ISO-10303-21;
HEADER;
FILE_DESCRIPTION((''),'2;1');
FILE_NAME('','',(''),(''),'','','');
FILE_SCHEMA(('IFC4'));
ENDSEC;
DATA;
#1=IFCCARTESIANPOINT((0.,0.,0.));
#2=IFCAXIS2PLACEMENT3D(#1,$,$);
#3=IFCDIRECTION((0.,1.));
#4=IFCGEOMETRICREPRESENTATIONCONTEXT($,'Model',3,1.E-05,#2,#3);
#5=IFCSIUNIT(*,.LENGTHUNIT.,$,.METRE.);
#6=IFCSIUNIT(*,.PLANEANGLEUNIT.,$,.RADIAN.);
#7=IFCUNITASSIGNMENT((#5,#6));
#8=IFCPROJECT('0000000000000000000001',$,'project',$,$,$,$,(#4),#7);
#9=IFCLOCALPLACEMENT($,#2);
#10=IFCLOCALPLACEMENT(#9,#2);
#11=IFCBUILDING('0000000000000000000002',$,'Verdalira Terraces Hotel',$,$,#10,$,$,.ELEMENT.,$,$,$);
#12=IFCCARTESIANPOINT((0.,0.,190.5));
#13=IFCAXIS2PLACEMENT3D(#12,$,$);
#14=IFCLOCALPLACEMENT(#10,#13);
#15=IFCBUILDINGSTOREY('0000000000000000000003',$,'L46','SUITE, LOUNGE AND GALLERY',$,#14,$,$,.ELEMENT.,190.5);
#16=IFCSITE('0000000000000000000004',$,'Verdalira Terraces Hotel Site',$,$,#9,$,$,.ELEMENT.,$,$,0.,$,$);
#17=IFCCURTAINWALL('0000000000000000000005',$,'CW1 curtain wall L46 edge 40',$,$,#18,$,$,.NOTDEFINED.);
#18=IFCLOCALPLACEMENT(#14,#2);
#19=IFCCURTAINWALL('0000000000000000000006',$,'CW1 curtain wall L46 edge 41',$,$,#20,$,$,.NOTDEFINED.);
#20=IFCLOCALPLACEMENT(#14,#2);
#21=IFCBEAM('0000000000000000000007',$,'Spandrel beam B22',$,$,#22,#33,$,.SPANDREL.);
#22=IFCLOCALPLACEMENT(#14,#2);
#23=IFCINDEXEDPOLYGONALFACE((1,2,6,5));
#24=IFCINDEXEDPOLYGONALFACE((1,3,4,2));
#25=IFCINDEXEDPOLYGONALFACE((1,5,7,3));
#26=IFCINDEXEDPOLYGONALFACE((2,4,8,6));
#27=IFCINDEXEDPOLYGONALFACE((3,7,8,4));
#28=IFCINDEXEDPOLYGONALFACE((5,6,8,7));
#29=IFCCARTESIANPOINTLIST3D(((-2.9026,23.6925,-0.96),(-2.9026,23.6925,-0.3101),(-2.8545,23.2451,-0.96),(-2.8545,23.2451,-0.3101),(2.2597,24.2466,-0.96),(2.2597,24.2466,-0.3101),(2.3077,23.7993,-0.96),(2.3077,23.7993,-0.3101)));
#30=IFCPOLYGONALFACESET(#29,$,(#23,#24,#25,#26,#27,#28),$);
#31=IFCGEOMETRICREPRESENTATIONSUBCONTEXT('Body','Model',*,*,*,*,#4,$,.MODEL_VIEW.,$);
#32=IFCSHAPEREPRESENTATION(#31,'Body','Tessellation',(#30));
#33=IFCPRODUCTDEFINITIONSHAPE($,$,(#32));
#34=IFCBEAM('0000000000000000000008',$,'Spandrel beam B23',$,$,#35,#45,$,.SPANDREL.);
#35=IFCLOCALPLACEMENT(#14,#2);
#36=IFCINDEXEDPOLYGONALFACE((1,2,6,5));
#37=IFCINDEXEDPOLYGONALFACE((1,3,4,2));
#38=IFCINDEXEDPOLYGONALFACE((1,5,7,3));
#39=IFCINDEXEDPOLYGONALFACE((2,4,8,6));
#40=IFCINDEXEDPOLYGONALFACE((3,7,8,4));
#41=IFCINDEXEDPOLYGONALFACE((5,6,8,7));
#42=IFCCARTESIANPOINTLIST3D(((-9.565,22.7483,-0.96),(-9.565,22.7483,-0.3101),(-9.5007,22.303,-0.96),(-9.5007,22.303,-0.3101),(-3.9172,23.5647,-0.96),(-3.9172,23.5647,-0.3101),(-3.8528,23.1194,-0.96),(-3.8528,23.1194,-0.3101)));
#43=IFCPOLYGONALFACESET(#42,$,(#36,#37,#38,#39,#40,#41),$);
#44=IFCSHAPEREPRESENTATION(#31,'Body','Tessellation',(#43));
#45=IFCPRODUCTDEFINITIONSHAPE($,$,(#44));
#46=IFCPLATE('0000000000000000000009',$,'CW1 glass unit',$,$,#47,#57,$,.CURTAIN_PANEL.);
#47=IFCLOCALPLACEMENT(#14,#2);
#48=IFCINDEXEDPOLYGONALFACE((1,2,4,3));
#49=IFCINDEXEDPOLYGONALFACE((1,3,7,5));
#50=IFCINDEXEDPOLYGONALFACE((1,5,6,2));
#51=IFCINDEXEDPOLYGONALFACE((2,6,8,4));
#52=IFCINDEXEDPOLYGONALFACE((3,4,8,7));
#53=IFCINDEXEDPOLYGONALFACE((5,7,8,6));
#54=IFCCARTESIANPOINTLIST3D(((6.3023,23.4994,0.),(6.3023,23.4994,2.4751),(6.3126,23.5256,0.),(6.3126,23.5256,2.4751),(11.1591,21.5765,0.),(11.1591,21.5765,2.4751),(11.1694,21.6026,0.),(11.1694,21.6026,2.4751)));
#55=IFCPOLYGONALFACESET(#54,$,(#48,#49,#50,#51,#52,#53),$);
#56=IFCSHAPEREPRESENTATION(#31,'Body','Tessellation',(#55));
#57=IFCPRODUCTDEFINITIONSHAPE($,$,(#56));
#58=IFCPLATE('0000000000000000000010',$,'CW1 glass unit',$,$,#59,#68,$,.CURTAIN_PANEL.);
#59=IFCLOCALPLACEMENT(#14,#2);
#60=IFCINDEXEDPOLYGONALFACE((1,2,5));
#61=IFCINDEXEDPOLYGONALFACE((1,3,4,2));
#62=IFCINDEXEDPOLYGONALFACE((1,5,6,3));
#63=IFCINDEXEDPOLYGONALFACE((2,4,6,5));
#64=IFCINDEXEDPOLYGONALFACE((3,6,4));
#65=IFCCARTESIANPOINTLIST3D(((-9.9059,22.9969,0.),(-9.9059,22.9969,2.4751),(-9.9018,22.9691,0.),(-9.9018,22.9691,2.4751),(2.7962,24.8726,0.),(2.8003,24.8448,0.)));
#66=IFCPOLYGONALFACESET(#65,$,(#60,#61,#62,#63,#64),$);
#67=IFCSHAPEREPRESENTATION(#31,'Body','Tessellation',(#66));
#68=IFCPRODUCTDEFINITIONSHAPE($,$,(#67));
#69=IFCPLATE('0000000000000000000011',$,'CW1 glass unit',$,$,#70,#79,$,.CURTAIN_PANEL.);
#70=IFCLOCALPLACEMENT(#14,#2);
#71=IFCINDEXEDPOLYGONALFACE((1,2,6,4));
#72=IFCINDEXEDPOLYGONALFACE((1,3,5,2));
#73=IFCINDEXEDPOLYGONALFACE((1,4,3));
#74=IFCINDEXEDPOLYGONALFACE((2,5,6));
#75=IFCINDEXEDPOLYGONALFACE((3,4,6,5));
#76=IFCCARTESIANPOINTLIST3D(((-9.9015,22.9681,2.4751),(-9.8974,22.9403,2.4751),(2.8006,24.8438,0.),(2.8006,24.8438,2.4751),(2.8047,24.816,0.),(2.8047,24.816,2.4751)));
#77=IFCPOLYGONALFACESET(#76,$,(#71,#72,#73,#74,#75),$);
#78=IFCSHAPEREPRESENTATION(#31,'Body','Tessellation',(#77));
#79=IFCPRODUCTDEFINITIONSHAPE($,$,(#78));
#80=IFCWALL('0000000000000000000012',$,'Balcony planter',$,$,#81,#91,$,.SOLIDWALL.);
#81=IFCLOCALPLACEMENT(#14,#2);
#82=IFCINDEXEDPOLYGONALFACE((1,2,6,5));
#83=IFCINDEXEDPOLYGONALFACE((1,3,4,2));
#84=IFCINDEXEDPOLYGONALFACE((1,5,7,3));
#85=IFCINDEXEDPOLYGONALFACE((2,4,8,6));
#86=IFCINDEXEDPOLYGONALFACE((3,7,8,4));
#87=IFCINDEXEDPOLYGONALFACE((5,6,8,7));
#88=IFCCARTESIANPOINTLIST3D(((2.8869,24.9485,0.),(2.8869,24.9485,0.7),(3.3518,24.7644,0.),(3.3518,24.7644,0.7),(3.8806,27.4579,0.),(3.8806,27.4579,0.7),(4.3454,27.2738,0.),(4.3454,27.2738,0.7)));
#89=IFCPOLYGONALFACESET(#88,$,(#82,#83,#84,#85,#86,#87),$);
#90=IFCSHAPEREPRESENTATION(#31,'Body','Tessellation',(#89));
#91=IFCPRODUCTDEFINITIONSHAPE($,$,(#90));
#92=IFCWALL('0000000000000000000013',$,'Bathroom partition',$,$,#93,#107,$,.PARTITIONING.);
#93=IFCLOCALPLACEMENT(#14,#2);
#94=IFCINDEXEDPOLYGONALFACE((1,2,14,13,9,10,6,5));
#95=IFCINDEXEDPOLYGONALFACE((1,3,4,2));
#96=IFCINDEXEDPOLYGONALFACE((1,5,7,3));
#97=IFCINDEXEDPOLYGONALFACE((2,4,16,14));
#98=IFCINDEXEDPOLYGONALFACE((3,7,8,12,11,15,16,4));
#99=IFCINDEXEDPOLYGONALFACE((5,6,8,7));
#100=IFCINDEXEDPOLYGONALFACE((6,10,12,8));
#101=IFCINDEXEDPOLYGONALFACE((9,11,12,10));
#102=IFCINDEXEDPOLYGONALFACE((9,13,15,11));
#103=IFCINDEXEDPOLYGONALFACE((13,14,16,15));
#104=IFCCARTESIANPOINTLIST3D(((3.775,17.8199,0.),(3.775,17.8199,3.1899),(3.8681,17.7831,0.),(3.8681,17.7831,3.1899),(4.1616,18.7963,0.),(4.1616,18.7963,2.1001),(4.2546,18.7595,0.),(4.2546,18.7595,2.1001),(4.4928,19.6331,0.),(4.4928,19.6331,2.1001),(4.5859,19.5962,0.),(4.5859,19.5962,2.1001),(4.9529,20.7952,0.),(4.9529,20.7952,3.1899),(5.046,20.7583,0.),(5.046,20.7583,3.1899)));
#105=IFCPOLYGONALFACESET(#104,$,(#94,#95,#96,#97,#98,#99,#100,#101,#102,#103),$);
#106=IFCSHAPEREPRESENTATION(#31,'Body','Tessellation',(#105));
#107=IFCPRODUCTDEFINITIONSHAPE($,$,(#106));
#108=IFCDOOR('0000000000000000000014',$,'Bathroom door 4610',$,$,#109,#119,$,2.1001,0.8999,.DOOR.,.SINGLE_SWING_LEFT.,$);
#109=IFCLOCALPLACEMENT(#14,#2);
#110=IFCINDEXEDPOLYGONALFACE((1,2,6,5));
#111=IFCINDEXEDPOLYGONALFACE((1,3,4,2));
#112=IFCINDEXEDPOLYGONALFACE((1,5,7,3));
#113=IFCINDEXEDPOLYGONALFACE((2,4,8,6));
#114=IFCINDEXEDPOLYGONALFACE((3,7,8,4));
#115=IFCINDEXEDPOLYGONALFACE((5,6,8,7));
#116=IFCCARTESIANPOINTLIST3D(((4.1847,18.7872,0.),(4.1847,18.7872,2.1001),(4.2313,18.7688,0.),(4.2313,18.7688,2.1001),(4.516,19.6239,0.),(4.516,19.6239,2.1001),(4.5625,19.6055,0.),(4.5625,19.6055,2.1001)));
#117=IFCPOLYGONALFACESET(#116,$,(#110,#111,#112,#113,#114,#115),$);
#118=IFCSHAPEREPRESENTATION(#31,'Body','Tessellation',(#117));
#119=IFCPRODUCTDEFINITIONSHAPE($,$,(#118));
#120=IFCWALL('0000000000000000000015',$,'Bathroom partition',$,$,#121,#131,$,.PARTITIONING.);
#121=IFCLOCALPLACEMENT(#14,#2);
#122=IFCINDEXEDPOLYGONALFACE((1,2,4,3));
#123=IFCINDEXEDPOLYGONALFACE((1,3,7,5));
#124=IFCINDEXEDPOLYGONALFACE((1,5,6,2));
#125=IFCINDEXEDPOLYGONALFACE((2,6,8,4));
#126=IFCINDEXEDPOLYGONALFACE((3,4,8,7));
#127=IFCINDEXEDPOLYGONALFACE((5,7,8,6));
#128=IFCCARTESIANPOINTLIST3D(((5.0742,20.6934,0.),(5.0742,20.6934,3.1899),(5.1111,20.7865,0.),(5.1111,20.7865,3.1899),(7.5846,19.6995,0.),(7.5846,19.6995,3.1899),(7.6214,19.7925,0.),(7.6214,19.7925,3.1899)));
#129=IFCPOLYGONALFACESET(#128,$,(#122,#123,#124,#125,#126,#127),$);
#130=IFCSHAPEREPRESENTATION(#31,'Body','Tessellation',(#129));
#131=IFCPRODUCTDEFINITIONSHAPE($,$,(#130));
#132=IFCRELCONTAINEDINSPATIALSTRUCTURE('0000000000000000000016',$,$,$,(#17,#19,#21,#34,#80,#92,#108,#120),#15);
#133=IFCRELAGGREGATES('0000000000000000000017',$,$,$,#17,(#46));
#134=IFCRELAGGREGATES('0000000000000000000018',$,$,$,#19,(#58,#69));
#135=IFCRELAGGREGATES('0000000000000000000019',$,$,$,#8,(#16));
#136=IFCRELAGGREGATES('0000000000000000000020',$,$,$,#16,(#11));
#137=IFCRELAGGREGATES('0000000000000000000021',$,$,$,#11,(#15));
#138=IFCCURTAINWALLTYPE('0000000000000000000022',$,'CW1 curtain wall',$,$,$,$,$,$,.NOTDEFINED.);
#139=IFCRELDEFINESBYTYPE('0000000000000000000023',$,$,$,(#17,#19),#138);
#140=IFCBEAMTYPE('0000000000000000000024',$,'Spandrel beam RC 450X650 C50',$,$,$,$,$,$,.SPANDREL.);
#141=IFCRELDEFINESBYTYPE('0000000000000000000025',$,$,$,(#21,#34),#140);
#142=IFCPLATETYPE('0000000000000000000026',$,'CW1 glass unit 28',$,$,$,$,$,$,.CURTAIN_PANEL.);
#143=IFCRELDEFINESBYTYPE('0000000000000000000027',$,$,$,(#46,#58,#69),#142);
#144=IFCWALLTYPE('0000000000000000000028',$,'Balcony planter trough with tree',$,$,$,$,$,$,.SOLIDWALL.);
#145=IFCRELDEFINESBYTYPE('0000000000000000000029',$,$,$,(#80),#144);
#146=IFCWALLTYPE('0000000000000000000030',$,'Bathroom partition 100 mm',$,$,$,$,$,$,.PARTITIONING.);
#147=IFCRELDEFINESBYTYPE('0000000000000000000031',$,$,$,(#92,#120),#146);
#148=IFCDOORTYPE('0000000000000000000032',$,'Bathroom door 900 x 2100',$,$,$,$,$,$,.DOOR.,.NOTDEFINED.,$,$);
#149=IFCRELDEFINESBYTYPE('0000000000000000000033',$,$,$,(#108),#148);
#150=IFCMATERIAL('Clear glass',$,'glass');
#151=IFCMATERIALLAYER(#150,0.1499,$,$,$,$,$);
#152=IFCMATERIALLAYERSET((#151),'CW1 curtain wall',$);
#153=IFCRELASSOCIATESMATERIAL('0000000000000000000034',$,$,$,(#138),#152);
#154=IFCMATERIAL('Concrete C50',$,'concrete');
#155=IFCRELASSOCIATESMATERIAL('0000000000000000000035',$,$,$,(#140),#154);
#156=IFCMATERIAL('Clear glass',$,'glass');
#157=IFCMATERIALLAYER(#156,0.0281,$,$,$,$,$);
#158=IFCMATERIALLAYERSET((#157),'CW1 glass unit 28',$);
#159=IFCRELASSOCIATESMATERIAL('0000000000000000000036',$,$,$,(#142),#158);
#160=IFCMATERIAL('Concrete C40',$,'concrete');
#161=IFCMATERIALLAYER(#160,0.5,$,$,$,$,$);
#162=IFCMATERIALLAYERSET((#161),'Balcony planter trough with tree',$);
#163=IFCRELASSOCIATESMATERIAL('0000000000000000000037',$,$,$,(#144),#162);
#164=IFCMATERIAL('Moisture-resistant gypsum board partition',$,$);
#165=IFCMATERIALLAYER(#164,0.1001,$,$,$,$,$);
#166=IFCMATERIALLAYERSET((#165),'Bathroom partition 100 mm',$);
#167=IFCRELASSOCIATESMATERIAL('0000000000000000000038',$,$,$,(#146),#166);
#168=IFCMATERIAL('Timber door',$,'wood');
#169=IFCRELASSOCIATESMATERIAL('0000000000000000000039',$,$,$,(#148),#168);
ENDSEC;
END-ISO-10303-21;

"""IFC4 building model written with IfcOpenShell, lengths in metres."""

from ifc_helpers import new_model, si_unit, direction, frame, frame_2d, origin, origin_2d, place, context, subcontext, project, spatial, polyline, rectangle, outline, extrude, material, layer, layer_set, material_profile, profile_set, type_object, element, fill, aggregate, save


model = new_model("IFC4")

# Units and contexts
model_context = context("Model", 3, precision=1e-05, world=origin(), true_north=direction((0.0, 1.0)))
body_context = subcontext(model_context, "Body", "Model", "MODEL_VIEW")
ifc_project = project(units=[si_unit("LENGTHUNIT", "METRE"), si_unit("PLANEANGLEUNIT", "RADIAN")], contexts=[model_context])

# Site, building, storey
site_placement = place(None, origin())
site = spatial("IfcSite", under=ifc_project, at=site_placement, Name="Verdalira Terraces Hotel Site", CompositionType="ELEMENT", RefElevation=0.0)
building_placement = place(site_placement, origin())
building = spatial("IfcBuilding", under=site, at=building_placement, Name="Verdalira Terraces Hotel", CompositionType="ELEMENT")
storey_placement = place(building_placement, frame((0.0, 0.0, 190.5)))
storey = spatial("IfcBuildingStorey", under=building, at=storey_placement, Name="L46", Description="SUITE, LOUNGE AND GALLERY", CompositionType="ELEMENT", Elevation=190.5)

# Curtain wall
ifc_material_1 = material(Name="Clear glass", Category="glass")
ifc_layer_1 = layer(ifc_material_1, 0.1499)
ifc_layer_set_1 = layer_set([ifc_layer_1], Name="CW1 curtain wall")
curtain_wall_type = type_object("IfcCurtainWallType", Name="CW1 curtain wall", PredefinedType="NOTDEFINED", material=ifc_layer_set_1)
curtain_wall_1_placement = place(storey_placement, origin())
curtain_wall_1 = element("IfcCurtainWall", 1, at=curtain_wall_1_placement, inside=storey, type_object=curtain_wall_type, Name="CW1 curtain wall L46 edge 40", PredefinedType="NOTDEFINED")

# Curtain wall
curtain_wall_2_placement = place(storey_placement, origin())
curtain_wall_2 = element("IfcCurtainWall", 2, at=curtain_wall_2_placement, inside=storey, type_object=curtain_wall_type, Name="CW1 curtain wall L46 edge 41", PredefinedType="NOTDEFINED")

# Beams
ifc_material_2 = material(Name="Concrete C50", Category="concrete")
ifc_material_profile_1 = material_profile(ifc_material_2, rectangle(XDim=0.45, YDim=0.6499, at=origin_2d()), Name="RC 450X650")
ifc_profile_set_1 = profile_set([ifc_material_profile_1], Name="Concrete C50")
beam_type_1 = type_object("IfcBeamType", Name="Spandrel beam RC 450X650 C50", PredefinedType="SPANDREL", material=ifc_profile_set_1)
beam_1_placement = place(storey_placement, frame((2.2837, 24.0229, -0.635), z_axis=(-0.994287, -0.106741, 0.0), x_axis=(0.106741, -0.994287, 0.0)))
element("IfcBeam", 3, at=beam_1_placement, inside=storey, type_object=beam_type_1, Name="Spandrel beam B22", PredefinedType="SPANDREL", context=body_context, shape_type="SweptSolid", body=[
    extrude(rectangle(XDim=0.45, YDim=0.6499, at=origin_2d()), origin(), (0.0, 0.0, 1.0), 5.1919),
])
beam_2_placement = place(storey_placement, frame((-3.885, 23.342, -0.635), z_axis=(-0.989714, -0.143062, 0.0), x_axis=(0.143062, -0.989714, 0.0)))
element("IfcBeam", 4, at=beam_2_placement, inside=storey, type_object=beam_type_1, Name="Spandrel beam B23", PredefinedType="SPANDREL", context=body_context, shape_type="SweptSolid", body=[
    extrude(rectangle(XDim=0.45, YDim=0.6499, at=origin_2d()), origin(), (0.0, 0.0, 1.0), 5.7065),
])

# Plates
ifc_material_3 = material(Name="Clear glass", Category="glass")
ifc_layer_2 = layer(ifc_material_3, 0.0281)
ifc_layer_set_2 = layer_set([ifc_layer_2], Name="CW1 glass unit 28")
plate_type = type_object("IfcPlateType", Name="CW1 glass unit 28", PredefinedType="CURTAIN_PANEL", material=ifc_layer_set_2)
plate_1_placement = place(storey_placement, frame((8.7358, 22.551, 0.0), z_axis=(0.0, 0.0, 1.0), x_axis=(-0.929776, 0.368125, 0.0)))
plate_1 = element("IfcPlate", 5, at=plate_1_placement, type_object=plate_type, Name="CW1 glass unit", PredefinedType="CURTAIN_PANEL", context=body_context, shape_type="SweptSolid", body=[
    extrude(rectangle(XDim=5.2236, YDim=0.0281, at=origin_2d()), origin(), (0.0, 0.0, 1.0), 2.4751),
])
aggregate(curtain_wall_1, [plate_1])
plate_2_placement = place(storey_placement, frame((-3.5508, 23.907, 1.2375), z_axis=(-0.146083, 0.989272, 0.0), x_axis=(-0.989272, -0.146083, 0.0)))
plate_2 = element("IfcPlate", 6, at=plate_2_placement, type_object=plate_type, Name="CW1 glass unit", PredefinedType="CURTAIN_PANEL", context=body_context, shape_type="SweptSolid", body=[
    extrude(outline(polyline([(-6.4199, -1.2375), (6.4199, -1.2375), (6.4199, 1.2375), (-6.4199, -1.2375)])), origin(), (0.0, 0.0, 1.0), 0.0281),
])
plate_3_placement = place(storey_placement, frame((-3.5464, 23.8782, 1.2375), z_axis=(-0.146083, 0.989272, 0.0), x_axis=(-0.989272, -0.146083, 0.0)))
plate_3 = element("IfcPlate", 7, at=plate_3_placement, type_object=plate_type, Name="CW1 glass unit", PredefinedType="CURTAIN_PANEL", context=body_context, shape_type="SweptSolid", body=[
    extrude(outline(polyline([(-6.4199, -1.2375), (6.4199, 1.2375), (-6.4199, 1.2375), (-6.4199, -1.2375)])), origin(), (0.0, 0.0, 1.0), 0.0281),
])
aggregate(curtain_wall_2, [plate_2, plate_3])

# Wall
ifc_material_4 = material(Name="Concrete C40", Category="concrete")
ifc_layer_3 = layer(ifc_material_4, 0.5)
ifc_layer_set_3 = layer_set([ifc_layer_3], Name="Balcony planter trough with tree")
wall_type_1 = type_object("IfcWallType", Name="Balcony planter trough with tree", PredefinedType="SOLIDWALL", material=ifc_layer_set_3)
wall_1_placement = place(storey_placement, frame((4.113, 27.366, 0.0), z_axis=(0.0, 0.0, 1.0), x_axis=(-0.368145, -0.929769, 0.0)))
element("IfcWall", 8, at=wall_1_placement, inside=storey, type_object=wall_type_1, Name="Balcony planter", PredefinedType="SOLIDWALL", context=body_context, shape_type="SweptSolid", body=[
    extrude(rectangle(XDim=2.699, YDim=0.5, at=frame_2d((1.3496, 0.0))), origin(), (0.0, 0.0, 1.0), 0.7),
])

# Wall, opening, door
ifc_material_5 = material(Name="Moisture-resistant gypsum board partition")
ifc_layer_4 = layer(ifc_material_5, 0.1001)
ifc_layer_set_4 = layer_set([ifc_layer_4], Name="Bathroom partition 100 mm")
wall_type_2 = type_object("IfcWallType", Name="Bathroom partition 100 mm", PredefinedType="PARTITIONING", material=ifc_layer_set_4)
wall_2_placement = place(storey_placement, frame((4.9995, 20.7769, 0.0), z_axis=(0.0, 0.0, 1.0), x_axis=(-0.368113, -0.929781, 0.0)))
wall_2 = element("IfcWall", 9, at=wall_2_placement, inside=storey, type_object=wall_type_2, Name="Bathroom partition", PredefinedType="PARTITIONING", context=body_context, shape_type="SweptSolid", body=[
    extrude(rectangle(XDim=3.2, YDim=0.1001, at=frame_2d((1.6001, 0.0))), origin(), (0.0, 0.0, 1.0), 3.1899),
])
opening_1_placement = place(wall_2_placement, frame((1.25, 0.0, 0.0)))
opening_1 = element("IfcOpeningElement", 10, at=opening_1_placement, cuts=wall_2, PredefinedType="OPENING", context=body_context, shape_type="SweptSolid", body=[
    extrude(rectangle(XDim=0.8999, YDim=2.1001, at=frame_2d((0.45, 1.05))), frame((0.0, 0.0601, 0.0), z_axis=(0.0, -1.0, 0.0), x_axis=(1.0, 0.0, 0.0)), (0.0, 0.0, 1.0), 0.1201),
])
ifc_material_6 = material(Name="Timber door", Category="wood")
door_type_1 = type_object("IfcDoorType", Name="Bathroom door 900 x 2100", OperationType="NOTDEFINED", PredefinedType="DOOR", material=ifc_material_6)
door_1_placement = place(opening_1_placement, origin())
door_1 = element("IfcDoor", 11, at=door_1_placement, inside=storey, type_object=door_type_1, Name="Bathroom door 4610", OperationType="SINGLE_SWING_LEFT", OverallHeight=2.1001, OverallWidth=0.8999, PredefinedType="DOOR", context=body_context, shape_type="SweptSolid", body=[
    extrude(rectangle(XDim=0.8999, YDim=2.1001, at=frame_2d((0.45, 1.05))), frame((0.0, 0.0249, 0.0), z_axis=(0.0, -1.0, 0.0), x_axis=(1.0, 0.0, 0.0)), (0.0, 0.0, 1.0), 0.05),
])
fill(opening_1, door_1)

# Wall
wall_3_placement = place(storey_placement, frame((5.0925, 20.74, 0.0), z_axis=(0.0, 0.0, 1.0), x_axis=(0.929774, -0.36813, 0.0)))
element("IfcWall", 12, at=wall_3_placement, inside=storey, type_object=wall_type_2, Name="Bathroom partition", PredefinedType="PARTITIONING", context=body_context, shape_type="SweptSolid", body=[
    extrude(rectangle(XDim=2.7, YDim=0.1001, at=frame_2d((1.3501, 0.0))), origin(), (0.0, 0.0, 1.0), 3.1899),
])

save(model, "model.ifc")
